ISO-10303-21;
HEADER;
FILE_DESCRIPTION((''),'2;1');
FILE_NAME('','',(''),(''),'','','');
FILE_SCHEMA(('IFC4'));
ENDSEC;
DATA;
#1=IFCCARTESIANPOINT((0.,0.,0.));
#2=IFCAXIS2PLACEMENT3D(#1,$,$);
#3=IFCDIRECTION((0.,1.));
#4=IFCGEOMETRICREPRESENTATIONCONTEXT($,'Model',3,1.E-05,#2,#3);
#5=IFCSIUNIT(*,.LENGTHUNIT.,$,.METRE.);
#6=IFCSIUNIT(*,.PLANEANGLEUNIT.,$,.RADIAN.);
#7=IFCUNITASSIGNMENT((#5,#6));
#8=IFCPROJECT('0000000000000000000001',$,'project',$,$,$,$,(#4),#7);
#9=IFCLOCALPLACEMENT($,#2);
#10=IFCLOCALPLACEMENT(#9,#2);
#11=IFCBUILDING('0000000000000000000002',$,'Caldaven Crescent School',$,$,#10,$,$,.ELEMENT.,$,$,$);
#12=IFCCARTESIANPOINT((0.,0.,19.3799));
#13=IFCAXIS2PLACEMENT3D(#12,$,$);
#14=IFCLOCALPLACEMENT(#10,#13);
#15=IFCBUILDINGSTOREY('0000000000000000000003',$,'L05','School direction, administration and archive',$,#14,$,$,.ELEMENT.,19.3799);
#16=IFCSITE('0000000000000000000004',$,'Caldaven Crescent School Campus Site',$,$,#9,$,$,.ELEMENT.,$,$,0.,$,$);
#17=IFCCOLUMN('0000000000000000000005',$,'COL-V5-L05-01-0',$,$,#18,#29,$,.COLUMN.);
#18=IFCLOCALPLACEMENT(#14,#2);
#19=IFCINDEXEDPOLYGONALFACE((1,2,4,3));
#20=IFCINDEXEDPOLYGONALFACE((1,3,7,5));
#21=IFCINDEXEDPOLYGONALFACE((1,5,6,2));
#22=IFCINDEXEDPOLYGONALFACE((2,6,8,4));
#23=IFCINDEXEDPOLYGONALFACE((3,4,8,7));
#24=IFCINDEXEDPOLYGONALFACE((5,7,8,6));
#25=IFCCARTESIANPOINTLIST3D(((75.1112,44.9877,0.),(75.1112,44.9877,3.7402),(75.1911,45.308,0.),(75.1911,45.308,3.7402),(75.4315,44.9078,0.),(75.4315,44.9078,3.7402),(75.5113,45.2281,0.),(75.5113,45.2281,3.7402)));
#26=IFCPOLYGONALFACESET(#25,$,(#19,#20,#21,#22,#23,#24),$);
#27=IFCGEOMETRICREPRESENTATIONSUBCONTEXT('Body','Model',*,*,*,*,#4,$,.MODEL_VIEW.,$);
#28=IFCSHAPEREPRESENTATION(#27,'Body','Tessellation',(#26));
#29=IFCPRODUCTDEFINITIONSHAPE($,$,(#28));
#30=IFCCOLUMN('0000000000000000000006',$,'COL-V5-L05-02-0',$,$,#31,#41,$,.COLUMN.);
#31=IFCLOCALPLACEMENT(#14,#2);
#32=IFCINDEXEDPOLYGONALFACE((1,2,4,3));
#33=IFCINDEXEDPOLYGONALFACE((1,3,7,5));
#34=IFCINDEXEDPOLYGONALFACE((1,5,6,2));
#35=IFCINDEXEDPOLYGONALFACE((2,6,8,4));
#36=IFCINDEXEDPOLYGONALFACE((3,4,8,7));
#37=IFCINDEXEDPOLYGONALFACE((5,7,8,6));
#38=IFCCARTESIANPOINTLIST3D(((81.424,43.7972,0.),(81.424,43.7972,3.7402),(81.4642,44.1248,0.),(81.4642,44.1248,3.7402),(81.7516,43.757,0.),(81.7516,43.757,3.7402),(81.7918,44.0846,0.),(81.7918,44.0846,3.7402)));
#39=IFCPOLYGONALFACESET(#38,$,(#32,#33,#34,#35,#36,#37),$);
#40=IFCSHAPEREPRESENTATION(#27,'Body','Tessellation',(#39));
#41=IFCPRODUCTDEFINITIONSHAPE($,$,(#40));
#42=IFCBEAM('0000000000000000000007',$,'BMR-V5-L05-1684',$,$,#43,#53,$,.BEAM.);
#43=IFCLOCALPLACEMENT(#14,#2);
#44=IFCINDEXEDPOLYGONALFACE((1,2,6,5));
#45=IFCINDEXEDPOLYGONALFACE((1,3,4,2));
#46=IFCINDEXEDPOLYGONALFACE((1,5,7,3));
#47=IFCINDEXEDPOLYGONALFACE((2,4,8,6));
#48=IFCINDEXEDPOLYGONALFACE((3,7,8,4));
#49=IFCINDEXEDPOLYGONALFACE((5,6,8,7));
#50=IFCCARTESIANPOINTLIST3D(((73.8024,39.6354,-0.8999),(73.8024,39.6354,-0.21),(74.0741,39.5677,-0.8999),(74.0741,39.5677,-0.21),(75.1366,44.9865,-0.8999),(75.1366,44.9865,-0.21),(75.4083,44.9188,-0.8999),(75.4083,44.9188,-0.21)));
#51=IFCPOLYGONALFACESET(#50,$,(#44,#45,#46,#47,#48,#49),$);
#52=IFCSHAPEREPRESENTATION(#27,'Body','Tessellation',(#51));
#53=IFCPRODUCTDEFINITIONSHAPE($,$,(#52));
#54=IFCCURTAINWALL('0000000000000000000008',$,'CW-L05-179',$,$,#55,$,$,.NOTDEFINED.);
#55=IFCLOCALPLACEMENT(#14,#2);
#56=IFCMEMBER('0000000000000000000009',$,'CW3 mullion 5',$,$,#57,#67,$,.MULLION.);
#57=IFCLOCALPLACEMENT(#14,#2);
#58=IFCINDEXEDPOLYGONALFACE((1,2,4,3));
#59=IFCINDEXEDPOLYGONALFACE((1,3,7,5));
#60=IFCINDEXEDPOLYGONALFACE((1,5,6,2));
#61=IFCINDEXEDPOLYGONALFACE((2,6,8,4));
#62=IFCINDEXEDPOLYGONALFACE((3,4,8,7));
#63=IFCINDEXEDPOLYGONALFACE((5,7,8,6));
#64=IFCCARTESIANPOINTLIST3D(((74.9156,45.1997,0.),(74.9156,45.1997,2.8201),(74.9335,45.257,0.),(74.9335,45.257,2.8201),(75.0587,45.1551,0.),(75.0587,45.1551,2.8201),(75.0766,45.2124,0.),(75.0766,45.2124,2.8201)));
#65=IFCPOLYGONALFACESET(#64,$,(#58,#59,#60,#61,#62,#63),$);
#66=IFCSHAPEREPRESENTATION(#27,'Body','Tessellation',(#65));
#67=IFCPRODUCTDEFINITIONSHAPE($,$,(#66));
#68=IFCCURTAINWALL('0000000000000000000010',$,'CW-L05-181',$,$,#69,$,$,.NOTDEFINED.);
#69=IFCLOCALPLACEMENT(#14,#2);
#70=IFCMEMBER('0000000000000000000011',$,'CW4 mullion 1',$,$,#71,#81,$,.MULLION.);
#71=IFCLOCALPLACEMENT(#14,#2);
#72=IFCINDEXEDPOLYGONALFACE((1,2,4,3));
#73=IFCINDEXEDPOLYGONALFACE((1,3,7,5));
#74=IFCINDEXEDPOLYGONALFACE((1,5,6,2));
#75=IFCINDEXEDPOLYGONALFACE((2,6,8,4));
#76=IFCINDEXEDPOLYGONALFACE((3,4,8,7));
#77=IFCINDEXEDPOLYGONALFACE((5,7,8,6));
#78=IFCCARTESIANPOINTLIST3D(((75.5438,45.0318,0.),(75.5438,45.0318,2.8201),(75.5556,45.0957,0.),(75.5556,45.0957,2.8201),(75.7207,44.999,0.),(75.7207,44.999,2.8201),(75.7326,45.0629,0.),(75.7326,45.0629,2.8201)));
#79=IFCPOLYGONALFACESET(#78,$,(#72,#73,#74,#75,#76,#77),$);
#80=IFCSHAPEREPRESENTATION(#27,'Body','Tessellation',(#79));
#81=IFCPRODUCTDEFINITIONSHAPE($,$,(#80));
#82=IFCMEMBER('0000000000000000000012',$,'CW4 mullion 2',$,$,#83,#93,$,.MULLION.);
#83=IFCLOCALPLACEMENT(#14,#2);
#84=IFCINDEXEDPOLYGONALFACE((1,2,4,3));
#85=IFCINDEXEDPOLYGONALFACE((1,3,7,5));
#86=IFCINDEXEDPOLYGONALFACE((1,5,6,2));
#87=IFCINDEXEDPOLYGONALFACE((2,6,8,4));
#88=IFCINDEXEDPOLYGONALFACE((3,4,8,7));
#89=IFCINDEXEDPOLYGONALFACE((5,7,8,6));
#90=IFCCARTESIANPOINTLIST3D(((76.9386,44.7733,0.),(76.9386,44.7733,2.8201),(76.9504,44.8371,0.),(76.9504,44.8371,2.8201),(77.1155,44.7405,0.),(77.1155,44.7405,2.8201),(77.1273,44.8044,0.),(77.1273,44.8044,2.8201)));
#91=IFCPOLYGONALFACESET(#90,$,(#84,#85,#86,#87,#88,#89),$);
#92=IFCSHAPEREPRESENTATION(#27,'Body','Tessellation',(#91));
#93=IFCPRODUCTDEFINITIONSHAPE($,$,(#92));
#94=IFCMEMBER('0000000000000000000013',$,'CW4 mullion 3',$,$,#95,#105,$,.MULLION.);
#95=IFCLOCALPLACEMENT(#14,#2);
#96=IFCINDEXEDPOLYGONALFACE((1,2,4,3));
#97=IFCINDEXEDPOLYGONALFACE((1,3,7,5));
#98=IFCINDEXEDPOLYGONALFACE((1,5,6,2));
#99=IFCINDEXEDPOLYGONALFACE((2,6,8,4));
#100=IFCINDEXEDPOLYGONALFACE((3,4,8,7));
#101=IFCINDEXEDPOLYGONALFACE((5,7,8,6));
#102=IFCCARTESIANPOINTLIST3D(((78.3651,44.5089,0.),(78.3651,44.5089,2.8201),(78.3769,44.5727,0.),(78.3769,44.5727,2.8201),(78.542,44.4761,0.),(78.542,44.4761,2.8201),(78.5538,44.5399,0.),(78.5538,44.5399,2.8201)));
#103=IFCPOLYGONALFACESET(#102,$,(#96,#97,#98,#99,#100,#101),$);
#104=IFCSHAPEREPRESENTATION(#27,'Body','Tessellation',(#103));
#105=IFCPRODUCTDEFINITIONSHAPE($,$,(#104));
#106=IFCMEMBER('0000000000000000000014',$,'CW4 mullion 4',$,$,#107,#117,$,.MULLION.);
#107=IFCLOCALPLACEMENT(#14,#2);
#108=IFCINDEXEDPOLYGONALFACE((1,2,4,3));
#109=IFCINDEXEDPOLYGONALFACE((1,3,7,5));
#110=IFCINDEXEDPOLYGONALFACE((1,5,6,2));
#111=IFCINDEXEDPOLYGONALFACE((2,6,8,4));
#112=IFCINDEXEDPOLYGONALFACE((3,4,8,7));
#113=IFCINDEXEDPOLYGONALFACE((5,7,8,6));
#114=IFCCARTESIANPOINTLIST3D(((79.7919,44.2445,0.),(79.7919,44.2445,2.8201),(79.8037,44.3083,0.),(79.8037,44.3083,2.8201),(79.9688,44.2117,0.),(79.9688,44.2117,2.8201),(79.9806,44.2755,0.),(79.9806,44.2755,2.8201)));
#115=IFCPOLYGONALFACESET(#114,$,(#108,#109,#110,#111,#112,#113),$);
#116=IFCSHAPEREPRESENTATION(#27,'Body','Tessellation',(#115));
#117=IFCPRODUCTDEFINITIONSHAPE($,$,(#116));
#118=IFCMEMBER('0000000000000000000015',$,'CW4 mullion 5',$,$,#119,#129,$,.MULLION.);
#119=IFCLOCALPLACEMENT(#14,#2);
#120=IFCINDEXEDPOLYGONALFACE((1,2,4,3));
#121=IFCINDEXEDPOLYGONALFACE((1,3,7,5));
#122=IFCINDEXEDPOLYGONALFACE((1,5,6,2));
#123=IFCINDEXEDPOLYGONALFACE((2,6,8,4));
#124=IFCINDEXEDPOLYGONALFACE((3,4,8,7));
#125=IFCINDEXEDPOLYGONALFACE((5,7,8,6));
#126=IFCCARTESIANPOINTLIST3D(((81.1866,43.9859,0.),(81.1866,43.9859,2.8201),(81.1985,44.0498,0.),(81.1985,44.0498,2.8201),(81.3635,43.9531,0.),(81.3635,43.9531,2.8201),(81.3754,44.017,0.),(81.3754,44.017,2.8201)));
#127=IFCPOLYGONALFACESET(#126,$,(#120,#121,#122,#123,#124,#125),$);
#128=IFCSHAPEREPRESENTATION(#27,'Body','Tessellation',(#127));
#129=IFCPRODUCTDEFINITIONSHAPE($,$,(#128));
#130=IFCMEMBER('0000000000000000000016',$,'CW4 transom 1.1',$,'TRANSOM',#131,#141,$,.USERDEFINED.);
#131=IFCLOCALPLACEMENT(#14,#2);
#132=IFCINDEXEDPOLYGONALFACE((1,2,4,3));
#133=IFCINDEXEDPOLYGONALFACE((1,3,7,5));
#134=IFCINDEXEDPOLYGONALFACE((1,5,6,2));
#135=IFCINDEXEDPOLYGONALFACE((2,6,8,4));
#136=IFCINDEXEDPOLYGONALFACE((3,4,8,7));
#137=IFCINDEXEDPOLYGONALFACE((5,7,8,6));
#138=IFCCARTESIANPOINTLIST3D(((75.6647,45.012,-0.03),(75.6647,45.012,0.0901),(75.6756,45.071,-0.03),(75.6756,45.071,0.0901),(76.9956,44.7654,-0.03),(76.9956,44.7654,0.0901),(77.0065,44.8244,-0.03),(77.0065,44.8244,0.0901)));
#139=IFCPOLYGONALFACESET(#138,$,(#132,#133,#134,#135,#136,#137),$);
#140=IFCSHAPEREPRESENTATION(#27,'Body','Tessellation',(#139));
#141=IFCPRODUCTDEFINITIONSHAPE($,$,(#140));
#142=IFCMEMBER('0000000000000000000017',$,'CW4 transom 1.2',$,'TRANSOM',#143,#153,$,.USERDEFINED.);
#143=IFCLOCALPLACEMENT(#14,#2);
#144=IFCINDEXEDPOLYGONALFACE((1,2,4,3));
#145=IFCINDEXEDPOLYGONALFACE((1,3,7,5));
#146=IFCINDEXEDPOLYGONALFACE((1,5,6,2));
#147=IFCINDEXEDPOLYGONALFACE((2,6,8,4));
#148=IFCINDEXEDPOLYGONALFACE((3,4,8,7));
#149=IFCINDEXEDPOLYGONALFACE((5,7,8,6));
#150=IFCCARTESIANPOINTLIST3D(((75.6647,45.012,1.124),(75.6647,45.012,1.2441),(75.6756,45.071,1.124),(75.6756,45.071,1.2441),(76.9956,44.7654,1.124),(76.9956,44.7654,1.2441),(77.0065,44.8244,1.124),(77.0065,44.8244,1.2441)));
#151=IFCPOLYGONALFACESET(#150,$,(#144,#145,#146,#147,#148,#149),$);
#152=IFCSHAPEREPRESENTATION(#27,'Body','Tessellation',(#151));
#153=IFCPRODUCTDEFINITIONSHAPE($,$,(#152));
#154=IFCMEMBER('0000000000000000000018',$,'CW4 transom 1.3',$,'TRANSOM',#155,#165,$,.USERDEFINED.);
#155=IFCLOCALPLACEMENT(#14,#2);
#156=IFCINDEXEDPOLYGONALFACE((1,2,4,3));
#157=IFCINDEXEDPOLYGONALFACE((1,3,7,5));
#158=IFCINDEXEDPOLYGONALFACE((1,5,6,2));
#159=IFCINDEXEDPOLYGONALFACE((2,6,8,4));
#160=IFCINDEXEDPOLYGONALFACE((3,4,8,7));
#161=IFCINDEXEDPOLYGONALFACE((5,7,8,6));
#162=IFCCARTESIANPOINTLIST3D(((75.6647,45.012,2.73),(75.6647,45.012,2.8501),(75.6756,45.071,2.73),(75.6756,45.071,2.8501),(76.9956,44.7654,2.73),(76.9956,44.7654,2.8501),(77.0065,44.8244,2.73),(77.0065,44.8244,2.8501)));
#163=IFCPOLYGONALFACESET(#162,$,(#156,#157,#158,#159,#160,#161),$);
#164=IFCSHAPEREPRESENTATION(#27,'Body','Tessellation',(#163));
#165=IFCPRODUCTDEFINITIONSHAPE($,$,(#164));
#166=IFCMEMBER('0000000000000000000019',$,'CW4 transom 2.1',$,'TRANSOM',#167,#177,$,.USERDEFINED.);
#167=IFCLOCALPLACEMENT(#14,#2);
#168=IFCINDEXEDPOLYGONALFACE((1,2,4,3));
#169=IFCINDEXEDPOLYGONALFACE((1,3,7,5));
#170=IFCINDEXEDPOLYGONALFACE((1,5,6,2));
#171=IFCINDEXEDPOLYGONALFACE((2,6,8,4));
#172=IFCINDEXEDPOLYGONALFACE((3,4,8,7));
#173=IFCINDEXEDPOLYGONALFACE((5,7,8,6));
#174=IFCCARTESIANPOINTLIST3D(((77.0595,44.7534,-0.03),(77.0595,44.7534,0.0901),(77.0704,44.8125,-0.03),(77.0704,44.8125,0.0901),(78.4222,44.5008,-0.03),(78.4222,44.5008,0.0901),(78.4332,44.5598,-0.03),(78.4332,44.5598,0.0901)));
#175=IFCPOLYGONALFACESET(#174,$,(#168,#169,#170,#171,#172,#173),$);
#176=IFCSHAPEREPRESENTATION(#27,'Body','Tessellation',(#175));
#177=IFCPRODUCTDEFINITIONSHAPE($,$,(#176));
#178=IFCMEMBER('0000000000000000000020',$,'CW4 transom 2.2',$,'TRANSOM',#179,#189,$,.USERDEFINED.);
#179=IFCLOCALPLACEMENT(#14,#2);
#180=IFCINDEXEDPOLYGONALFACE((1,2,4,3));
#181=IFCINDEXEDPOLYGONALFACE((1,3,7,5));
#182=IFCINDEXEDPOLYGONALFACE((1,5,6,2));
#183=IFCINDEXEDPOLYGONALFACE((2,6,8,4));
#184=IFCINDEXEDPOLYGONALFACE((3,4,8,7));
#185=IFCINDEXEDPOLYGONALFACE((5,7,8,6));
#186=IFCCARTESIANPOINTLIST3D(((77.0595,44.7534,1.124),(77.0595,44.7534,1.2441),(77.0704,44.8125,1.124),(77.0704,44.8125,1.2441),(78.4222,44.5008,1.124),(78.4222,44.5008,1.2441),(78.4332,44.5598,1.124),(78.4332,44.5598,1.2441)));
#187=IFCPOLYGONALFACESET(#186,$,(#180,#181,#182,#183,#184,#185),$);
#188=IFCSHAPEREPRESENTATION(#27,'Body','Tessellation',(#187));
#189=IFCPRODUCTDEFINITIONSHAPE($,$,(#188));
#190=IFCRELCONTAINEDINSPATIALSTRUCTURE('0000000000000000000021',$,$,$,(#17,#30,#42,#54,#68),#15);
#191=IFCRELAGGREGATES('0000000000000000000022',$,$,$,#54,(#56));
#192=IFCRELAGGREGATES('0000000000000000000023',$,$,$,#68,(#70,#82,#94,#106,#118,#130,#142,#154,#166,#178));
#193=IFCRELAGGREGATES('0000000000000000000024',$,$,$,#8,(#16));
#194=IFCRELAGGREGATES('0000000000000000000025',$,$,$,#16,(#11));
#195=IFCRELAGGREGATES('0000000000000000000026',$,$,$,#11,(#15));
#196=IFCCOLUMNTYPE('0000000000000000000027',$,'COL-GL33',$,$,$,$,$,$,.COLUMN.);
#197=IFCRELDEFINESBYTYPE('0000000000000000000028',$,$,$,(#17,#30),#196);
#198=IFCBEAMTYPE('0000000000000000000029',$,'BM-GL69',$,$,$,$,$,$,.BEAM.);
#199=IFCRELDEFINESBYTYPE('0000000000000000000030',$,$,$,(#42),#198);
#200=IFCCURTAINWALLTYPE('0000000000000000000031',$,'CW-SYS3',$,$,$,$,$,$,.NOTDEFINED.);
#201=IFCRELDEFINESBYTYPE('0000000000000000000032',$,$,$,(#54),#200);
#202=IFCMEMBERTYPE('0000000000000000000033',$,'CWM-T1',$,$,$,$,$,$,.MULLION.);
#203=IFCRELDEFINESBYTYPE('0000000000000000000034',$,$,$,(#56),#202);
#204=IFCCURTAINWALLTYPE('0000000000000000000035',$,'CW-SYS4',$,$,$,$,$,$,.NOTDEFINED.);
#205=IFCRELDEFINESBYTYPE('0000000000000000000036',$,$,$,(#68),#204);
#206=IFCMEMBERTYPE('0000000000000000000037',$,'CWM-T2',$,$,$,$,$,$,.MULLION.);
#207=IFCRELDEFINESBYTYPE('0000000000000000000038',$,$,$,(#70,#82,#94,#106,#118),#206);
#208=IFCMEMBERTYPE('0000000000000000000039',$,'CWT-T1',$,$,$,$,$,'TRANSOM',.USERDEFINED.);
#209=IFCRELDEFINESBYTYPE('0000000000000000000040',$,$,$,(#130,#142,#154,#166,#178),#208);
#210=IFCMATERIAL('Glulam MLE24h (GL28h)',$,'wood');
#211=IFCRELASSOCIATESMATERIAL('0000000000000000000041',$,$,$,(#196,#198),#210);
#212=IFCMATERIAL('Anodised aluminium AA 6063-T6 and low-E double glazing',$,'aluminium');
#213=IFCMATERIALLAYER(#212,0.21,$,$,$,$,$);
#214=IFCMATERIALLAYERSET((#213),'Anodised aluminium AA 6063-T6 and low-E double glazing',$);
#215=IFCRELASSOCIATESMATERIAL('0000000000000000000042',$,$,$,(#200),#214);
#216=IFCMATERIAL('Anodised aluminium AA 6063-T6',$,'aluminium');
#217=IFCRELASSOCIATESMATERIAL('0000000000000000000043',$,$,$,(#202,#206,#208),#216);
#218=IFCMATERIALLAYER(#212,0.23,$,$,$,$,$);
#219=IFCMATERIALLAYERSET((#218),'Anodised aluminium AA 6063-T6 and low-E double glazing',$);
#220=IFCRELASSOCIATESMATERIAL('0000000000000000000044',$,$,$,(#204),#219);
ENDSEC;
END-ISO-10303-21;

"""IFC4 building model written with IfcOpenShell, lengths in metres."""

from ifc_helpers import new_model, si_unit, direction, frame, origin, origin_2d, place, context, subcontext, project, spatial, rectangle, extrude, material, layer, layer_set, material_profile, profile_set, type_object, element, aggregate, save


model = new_model("IFC4")

# Units and contexts
model_context = context("Model", 3, precision=1e-05, world=origin(), true_north=direction((0.0, 1.0)))
body_context = subcontext(model_context, "Body", "Model", "MODEL_VIEW")
ifc_project = project(units=[si_unit("LENGTHUNIT", "METRE"), si_unit("PLANEANGLEUNIT", "RADIAN")], contexts=[model_context])

# Site, building, storey
site_placement = place(None, origin())
site = spatial("IfcSite", under=ifc_project, at=site_placement, Name="Caldaven Crescent School Campus Site", CompositionType="ELEMENT", RefElevation=0.0)
building_placement = place(site_placement, origin())
building = spatial("IfcBuilding", under=site, at=building_placement, Name="Caldaven Crescent School", CompositionType="ELEMENT")
storey_placement = place(building_placement, frame((0.0, 0.0, 19.3799)))
storey = spatial("IfcBuildingStorey", under=building, at=storey_placement, Name="L05", Description="School direction, administration and archive", CompositionType="ELEMENT", Elevation=19.3799)

# Columns
ifc_material_1 = material(Name="Glulam MLE24h (GL28h)", Category="wood")
ifc_material_profile_1 = material_profile(ifc_material_1, rectangle(XDim=0.3301, YDim=0.3301, at=origin_2d()), Name="MLE 330x330")
ifc_profile_set_1 = profile_set([ifc_material_profile_1], Name="Glulam MLE24h (GL28h)")
column_type = type_object("IfcColumnType", Name="COL-GL33", PredefinedType="COLUMN", material=ifc_profile_set_1)
for number, where, z_axis, x_axis, name in (
    (1, (75.3113, 45.1079, 0.0), (0.0, 0.0, 1.0), (-0.241922, -0.970296, 0.0), "COL-V5-L05-01-0"),
    (2, (81.6079, 43.9409, 0.0), (0.0, 0.0, 1.0), (-0.121869, -0.992546, 0.0), "COL-V5-L05-02-0"),
):
    element("IfcColumn", number, at=place(storey_placement, frame(where, z_axis=z_axis, x_axis=x_axis)), inside=storey, type_object=column_type, Name=name, PredefinedType="COLUMN", context=body_context, shape_type="SweptSolid", body=[
        extrude(rectangle(XDim=0.3301, YDim=0.3301, at=origin_2d()), origin(), (0.0, 0.0, 1.0), 3.7402),
    ])

# Beam
ifc_material_profile_2 = material_profile(ifc_material_1, rectangle(XDim=0.28, YDim=0.6899, at=origin_2d()), Name="MLE 280x690")
ifc_profile_set_2 = profile_set([ifc_material_profile_2], Name="Glulam MLE24h (GL28h)")
beam_type_1 = type_object("IfcBeamType", Name="BM-GL69", PredefinedType="BEAM", material=ifc_profile_set_2)
beam_1_placement = place(storey_placement, frame((75.2725, 44.9526, -0.5549), z_axis=(-0.241931, -0.970293, 0.0), x_axis=(0.970293, -0.241931, 0.0)))
element("IfcBeam", 3, at=beam_1_placement, inside=storey, type_object=beam_type_1, Name="BMR-V5-L05-1684", PredefinedType="BEAM", context=body_context, shape_type="SweptSolid", body=[
    extrude(rectangle(XDim=0.28, YDim=0.6899, at=origin_2d()), origin(), (0.0, 0.0, 1.0), 5.5149),
])

# Curtain wall, member
ifc_material_2 = material(Name="Anodised aluminium AA 6063-T6 and low-E double glazing", Category="aluminium")
ifc_layer_1 = layer(ifc_material_2, 0.21)
ifc_layer_set_1 = layer_set([ifc_layer_1], Name="Anodised aluminium AA 6063-T6 and low-E double glazing")
curtain_wall_type_1 = type_object("IfcCurtainWallType", Name="CW-SYS3", PredefinedType="NOTDEFINED", material=ifc_layer_set_1)
curtain_wall_1_placement = place(storey_placement, origin())
curtain_wall_1 = element("IfcCurtainWall", 4, at=curtain_wall_1_placement, inside=storey, type_object=curtain_wall_type_1, Name="CW-L05-179", PredefinedType="NOTDEFINED")
ifc_material_3 = material(Name="Anodised aluminium AA 6063-T6", Category="aluminium")
ifc_material_profile_3 = material_profile(ifc_material_3, rectangle(XDim=0.0601, YDim=0.1499, at=origin_2d()), Name="CWM 60x150")
ifc_profile_set_3 = profile_set([ifc_material_profile_3], Name="Anodised aluminium AA 6063-T6")
member_type_1 = type_object("IfcMemberType", Name="CWM-T1", PredefinedType="MULLION", material=ifc_profile_set_3)
member_1_placement = place(storey_placement, frame((74.9961, 45.2061, 0.0), z_axis=(0.0, 0.0, 1.0), x_axis=(0.29742, 0.954747, 0.0)))
member_1 = element("IfcMember", 5, at=member_1_placement, type_object=member_type_1, Name="CW3 mullion 5", PredefinedType="MULLION", context=body_context, shape_type="SweptSolid", body=[
    extrude(rectangle(XDim=0.0601, YDim=0.1499, at=origin_2d()), origin(), (0.0, 0.0, 1.0), 2.8201),
])
aggregate(curtain_wall_1, [member_1])

# Curtain wall, members
ifc_layer_2 = layer(ifc_material_2, 0.23)
ifc_layer_set_2 = layer_set([ifc_layer_2], Name="Anodised aluminium AA 6063-T6 and low-E double glazing")
curtain_wall_type_2 = type_object("IfcCurtainWallType", Name="CW-SYS4", PredefinedType="NOTDEFINED", material=ifc_layer_set_2)
curtain_wall_2_placement = place(storey_placement, origin())
curtain_wall_2 = element("IfcCurtainWall", 6, at=curtain_wall_2_placement, inside=storey, type_object=curtain_wall_type_2, Name="CW-L05-181", PredefinedType="NOTDEFINED")
ifc_material_profile_4 = material_profile(ifc_material_3, rectangle(XDim=0.0649, YDim=0.1799, at=origin_2d()), Name="CWM 65x180")
ifc_profile_set_4 = profile_set([ifc_material_profile_4], Name="Anodised aluminium AA 6063-T6")
member_type_2 = type_object("IfcMemberType", Name="CWM-T2", PredefinedType="MULLION", material=ifc_profile_set_4)
member_2_placement = place(storey_placement, frame((75.6382, 45.0474, 0.0), z_axis=(0.0, 0.0, 1.0), x_axis=(0.182236, 0.983255, 0.0)))
member_2 = element("IfcMember", 7, at=member_2_placement, type_object=member_type_2, Name="CW4 mullion 1", PredefinedType="MULLION", context=body_context, shape_type="SweptSolid", body=[
    extrude(rectangle(XDim=0.0649, YDim=0.1799, at=origin_2d()), origin(), (0.0, 0.0, 1.0), 2.8201),
])
member_3_placement = place(storey_placement, frame((77.033, 44.7888, 0.0), z_axis=(0.0, 0.0, 1.0), x_axis=(0.182236, 0.983255, 0.0)))
member_3 = element("IfcMember", 8, at=member_3_placement, type_object=member_type_2, Name="CW4 mullion 2", PredefinedType="MULLION", context=body_context, shape_type="SweptSolid", body=[
    extrude(rectangle(XDim=0.0649, YDim=0.1799, at=origin_2d()), origin(), (0.0, 0.0, 1.0), 2.8201),
])
member_4_placement = place(storey_placement, frame((78.4595, 44.5244, 0.0), z_axis=(0.0, 0.0, 1.0), x_axis=(0.182236, 0.983255, 0.0)))
member_4 = element("IfcMember", 9, at=member_4_placement, type_object=member_type_2, Name="CW4 mullion 3", PredefinedType="MULLION", context=body_context, shape_type="SweptSolid", body=[
    extrude(rectangle(XDim=0.0649, YDim=0.1799, at=origin_2d()), origin(), (0.0, 0.0, 1.0), 2.8201),
])
member_5_placement = place(storey_placement, frame((79.8862, 44.26, 0.0), z_axis=(0.0, 0.0, 1.0), x_axis=(0.182236, 0.983255, 0.0)))
member_5 = element("IfcMember", 10, at=member_5_placement, type_object=member_type_2, Name="CW4 mullion 4", PredefinedType="MULLION", context=body_context, shape_type="SweptSolid", body=[
    extrude(rectangle(XDim=0.0649, YDim=0.1799, at=origin_2d()), origin(), (0.0, 0.0, 1.0), 2.8201),
])
member_6_placement = place(storey_placement, frame((81.281, 44.0015, 0.0), z_axis=(0.0, 0.0, 1.0), x_axis=(0.182236, 0.983255, 0.0)))
member_6 = element("IfcMember", 11, at=member_6_placement, type_object=member_type_2, Name="CW4 mullion 5", PredefinedType="MULLION", context=body_context, shape_type="SweptSolid", body=[
    extrude(rectangle(XDim=0.0649, YDim=0.1799, at=origin_2d()), origin(), (0.0, 0.0, 1.0), 2.8201),
])
ifc_material_profile_5 = material_profile(ifc_material_3, rectangle(XDim=0.0601, YDim=0.1201, at=origin_2d()), Name="CWT 60x120")
ifc_profile_set_5 = profile_set([ifc_material_profile_5], Name="Anodised aluminium AA 6063-T6")
member_type_3 = type_object("IfcMemberType", Name="CWT-T1", ElementType="TRANSOM", PredefinedType="USERDEFINED", material=ifc_profile_set_5)
member_7_placement = place(storey_placement, frame((75.6702, 45.0415, 0.03), z_axis=(0.983264, -0.182186, 0.0), x_axis=(0.182186, 0.983264, 0.0)))
member_7 = element("IfcMember", 12, at=member_7_placement, type_object=member_type_3, Name="CW4 transom 1.1", ObjectType="TRANSOM", PredefinedType="USERDEFINED", context=body_context, shape_type="SweptSolid", body=[
    extrude(rectangle(XDim=0.0601, YDim=0.1201, at=origin_2d()), origin(), (0.0, 0.0, 1.0), 1.3535),
])
member_8_placement = place(storey_placement, frame((75.6702, 45.0415, 1.1841), z_axis=(0.983264, -0.182186, 0.0), x_axis=(0.182186, 0.983264, 0.0)))
member_8 = element("IfcMember", 13, at=member_8_placement, type_object=member_type_3, Name="CW4 transom 1.2", ObjectType="TRANSOM", PredefinedType="USERDEFINED", context=body_context, shape_type="SweptSolid", body=[
    extrude(rectangle(XDim=0.0601, YDim=0.1201, at=origin_2d()), origin(), (0.0, 0.0, 1.0), 1.3535),
])
member_9_placement = place(storey_placement, frame((75.6702, 45.0415, 2.79), z_axis=(0.983264, -0.182186, 0.0), x_axis=(0.182186, 0.983264, 0.0)))
member_9 = element("IfcMember", 14, at=member_9_placement, type_object=member_type_3, Name="CW4 transom 1.3", ObjectType="TRANSOM", PredefinedType="USERDEFINED", context=body_context, shape_type="SweptSolid", body=[
    extrude(rectangle(XDim=0.0601, YDim=0.1201, at=origin_2d()), origin(), (0.0, 0.0, 1.0), 1.3535),
])
member_10_placement = place(storey_placement, frame((77.0649, 44.783, 0.03), z_axis=(0.983241, -0.18231, 0.0), x_axis=(0.18231, 0.983241, 0.0)))
member_10 = element("IfcMember", 15, at=member_10_placement, type_object=member_type_3, Name="CW4 transom 2.1", ObjectType="TRANSOM", PredefinedType="USERDEFINED", context=body_context, shape_type="SweptSolid", body=[
    extrude(rectangle(XDim=0.0601, YDim=0.1201, at=origin_2d()), origin(), (0.0, 0.0, 1.0), 1.386),
])
member_11_placement = place(storey_placement, frame((77.0649, 44.783, 1.1841), z_axis=(0.983241, -0.18231, 0.0), x_axis=(0.18231, 0.983241, 0.0)))
member_11 = element("IfcMember", 16, at=member_11_placement, type_object=member_type_3, Name="CW4 transom 2.2", ObjectType="TRANSOM", PredefinedType="USERDEFINED", context=body_context, shape_type="SweptSolid", body=[
    extrude(rectangle(XDim=0.0601, YDim=0.1201, at=origin_2d()), origin(), (0.0, 0.0, 1.0), 1.386),
])

aggregate(curtain_wall_2, [member_2, member_3, member_4, member_5, member_6, member_7, member_8, member_9, member_10, member_11])

save(model, "model.ifc")
